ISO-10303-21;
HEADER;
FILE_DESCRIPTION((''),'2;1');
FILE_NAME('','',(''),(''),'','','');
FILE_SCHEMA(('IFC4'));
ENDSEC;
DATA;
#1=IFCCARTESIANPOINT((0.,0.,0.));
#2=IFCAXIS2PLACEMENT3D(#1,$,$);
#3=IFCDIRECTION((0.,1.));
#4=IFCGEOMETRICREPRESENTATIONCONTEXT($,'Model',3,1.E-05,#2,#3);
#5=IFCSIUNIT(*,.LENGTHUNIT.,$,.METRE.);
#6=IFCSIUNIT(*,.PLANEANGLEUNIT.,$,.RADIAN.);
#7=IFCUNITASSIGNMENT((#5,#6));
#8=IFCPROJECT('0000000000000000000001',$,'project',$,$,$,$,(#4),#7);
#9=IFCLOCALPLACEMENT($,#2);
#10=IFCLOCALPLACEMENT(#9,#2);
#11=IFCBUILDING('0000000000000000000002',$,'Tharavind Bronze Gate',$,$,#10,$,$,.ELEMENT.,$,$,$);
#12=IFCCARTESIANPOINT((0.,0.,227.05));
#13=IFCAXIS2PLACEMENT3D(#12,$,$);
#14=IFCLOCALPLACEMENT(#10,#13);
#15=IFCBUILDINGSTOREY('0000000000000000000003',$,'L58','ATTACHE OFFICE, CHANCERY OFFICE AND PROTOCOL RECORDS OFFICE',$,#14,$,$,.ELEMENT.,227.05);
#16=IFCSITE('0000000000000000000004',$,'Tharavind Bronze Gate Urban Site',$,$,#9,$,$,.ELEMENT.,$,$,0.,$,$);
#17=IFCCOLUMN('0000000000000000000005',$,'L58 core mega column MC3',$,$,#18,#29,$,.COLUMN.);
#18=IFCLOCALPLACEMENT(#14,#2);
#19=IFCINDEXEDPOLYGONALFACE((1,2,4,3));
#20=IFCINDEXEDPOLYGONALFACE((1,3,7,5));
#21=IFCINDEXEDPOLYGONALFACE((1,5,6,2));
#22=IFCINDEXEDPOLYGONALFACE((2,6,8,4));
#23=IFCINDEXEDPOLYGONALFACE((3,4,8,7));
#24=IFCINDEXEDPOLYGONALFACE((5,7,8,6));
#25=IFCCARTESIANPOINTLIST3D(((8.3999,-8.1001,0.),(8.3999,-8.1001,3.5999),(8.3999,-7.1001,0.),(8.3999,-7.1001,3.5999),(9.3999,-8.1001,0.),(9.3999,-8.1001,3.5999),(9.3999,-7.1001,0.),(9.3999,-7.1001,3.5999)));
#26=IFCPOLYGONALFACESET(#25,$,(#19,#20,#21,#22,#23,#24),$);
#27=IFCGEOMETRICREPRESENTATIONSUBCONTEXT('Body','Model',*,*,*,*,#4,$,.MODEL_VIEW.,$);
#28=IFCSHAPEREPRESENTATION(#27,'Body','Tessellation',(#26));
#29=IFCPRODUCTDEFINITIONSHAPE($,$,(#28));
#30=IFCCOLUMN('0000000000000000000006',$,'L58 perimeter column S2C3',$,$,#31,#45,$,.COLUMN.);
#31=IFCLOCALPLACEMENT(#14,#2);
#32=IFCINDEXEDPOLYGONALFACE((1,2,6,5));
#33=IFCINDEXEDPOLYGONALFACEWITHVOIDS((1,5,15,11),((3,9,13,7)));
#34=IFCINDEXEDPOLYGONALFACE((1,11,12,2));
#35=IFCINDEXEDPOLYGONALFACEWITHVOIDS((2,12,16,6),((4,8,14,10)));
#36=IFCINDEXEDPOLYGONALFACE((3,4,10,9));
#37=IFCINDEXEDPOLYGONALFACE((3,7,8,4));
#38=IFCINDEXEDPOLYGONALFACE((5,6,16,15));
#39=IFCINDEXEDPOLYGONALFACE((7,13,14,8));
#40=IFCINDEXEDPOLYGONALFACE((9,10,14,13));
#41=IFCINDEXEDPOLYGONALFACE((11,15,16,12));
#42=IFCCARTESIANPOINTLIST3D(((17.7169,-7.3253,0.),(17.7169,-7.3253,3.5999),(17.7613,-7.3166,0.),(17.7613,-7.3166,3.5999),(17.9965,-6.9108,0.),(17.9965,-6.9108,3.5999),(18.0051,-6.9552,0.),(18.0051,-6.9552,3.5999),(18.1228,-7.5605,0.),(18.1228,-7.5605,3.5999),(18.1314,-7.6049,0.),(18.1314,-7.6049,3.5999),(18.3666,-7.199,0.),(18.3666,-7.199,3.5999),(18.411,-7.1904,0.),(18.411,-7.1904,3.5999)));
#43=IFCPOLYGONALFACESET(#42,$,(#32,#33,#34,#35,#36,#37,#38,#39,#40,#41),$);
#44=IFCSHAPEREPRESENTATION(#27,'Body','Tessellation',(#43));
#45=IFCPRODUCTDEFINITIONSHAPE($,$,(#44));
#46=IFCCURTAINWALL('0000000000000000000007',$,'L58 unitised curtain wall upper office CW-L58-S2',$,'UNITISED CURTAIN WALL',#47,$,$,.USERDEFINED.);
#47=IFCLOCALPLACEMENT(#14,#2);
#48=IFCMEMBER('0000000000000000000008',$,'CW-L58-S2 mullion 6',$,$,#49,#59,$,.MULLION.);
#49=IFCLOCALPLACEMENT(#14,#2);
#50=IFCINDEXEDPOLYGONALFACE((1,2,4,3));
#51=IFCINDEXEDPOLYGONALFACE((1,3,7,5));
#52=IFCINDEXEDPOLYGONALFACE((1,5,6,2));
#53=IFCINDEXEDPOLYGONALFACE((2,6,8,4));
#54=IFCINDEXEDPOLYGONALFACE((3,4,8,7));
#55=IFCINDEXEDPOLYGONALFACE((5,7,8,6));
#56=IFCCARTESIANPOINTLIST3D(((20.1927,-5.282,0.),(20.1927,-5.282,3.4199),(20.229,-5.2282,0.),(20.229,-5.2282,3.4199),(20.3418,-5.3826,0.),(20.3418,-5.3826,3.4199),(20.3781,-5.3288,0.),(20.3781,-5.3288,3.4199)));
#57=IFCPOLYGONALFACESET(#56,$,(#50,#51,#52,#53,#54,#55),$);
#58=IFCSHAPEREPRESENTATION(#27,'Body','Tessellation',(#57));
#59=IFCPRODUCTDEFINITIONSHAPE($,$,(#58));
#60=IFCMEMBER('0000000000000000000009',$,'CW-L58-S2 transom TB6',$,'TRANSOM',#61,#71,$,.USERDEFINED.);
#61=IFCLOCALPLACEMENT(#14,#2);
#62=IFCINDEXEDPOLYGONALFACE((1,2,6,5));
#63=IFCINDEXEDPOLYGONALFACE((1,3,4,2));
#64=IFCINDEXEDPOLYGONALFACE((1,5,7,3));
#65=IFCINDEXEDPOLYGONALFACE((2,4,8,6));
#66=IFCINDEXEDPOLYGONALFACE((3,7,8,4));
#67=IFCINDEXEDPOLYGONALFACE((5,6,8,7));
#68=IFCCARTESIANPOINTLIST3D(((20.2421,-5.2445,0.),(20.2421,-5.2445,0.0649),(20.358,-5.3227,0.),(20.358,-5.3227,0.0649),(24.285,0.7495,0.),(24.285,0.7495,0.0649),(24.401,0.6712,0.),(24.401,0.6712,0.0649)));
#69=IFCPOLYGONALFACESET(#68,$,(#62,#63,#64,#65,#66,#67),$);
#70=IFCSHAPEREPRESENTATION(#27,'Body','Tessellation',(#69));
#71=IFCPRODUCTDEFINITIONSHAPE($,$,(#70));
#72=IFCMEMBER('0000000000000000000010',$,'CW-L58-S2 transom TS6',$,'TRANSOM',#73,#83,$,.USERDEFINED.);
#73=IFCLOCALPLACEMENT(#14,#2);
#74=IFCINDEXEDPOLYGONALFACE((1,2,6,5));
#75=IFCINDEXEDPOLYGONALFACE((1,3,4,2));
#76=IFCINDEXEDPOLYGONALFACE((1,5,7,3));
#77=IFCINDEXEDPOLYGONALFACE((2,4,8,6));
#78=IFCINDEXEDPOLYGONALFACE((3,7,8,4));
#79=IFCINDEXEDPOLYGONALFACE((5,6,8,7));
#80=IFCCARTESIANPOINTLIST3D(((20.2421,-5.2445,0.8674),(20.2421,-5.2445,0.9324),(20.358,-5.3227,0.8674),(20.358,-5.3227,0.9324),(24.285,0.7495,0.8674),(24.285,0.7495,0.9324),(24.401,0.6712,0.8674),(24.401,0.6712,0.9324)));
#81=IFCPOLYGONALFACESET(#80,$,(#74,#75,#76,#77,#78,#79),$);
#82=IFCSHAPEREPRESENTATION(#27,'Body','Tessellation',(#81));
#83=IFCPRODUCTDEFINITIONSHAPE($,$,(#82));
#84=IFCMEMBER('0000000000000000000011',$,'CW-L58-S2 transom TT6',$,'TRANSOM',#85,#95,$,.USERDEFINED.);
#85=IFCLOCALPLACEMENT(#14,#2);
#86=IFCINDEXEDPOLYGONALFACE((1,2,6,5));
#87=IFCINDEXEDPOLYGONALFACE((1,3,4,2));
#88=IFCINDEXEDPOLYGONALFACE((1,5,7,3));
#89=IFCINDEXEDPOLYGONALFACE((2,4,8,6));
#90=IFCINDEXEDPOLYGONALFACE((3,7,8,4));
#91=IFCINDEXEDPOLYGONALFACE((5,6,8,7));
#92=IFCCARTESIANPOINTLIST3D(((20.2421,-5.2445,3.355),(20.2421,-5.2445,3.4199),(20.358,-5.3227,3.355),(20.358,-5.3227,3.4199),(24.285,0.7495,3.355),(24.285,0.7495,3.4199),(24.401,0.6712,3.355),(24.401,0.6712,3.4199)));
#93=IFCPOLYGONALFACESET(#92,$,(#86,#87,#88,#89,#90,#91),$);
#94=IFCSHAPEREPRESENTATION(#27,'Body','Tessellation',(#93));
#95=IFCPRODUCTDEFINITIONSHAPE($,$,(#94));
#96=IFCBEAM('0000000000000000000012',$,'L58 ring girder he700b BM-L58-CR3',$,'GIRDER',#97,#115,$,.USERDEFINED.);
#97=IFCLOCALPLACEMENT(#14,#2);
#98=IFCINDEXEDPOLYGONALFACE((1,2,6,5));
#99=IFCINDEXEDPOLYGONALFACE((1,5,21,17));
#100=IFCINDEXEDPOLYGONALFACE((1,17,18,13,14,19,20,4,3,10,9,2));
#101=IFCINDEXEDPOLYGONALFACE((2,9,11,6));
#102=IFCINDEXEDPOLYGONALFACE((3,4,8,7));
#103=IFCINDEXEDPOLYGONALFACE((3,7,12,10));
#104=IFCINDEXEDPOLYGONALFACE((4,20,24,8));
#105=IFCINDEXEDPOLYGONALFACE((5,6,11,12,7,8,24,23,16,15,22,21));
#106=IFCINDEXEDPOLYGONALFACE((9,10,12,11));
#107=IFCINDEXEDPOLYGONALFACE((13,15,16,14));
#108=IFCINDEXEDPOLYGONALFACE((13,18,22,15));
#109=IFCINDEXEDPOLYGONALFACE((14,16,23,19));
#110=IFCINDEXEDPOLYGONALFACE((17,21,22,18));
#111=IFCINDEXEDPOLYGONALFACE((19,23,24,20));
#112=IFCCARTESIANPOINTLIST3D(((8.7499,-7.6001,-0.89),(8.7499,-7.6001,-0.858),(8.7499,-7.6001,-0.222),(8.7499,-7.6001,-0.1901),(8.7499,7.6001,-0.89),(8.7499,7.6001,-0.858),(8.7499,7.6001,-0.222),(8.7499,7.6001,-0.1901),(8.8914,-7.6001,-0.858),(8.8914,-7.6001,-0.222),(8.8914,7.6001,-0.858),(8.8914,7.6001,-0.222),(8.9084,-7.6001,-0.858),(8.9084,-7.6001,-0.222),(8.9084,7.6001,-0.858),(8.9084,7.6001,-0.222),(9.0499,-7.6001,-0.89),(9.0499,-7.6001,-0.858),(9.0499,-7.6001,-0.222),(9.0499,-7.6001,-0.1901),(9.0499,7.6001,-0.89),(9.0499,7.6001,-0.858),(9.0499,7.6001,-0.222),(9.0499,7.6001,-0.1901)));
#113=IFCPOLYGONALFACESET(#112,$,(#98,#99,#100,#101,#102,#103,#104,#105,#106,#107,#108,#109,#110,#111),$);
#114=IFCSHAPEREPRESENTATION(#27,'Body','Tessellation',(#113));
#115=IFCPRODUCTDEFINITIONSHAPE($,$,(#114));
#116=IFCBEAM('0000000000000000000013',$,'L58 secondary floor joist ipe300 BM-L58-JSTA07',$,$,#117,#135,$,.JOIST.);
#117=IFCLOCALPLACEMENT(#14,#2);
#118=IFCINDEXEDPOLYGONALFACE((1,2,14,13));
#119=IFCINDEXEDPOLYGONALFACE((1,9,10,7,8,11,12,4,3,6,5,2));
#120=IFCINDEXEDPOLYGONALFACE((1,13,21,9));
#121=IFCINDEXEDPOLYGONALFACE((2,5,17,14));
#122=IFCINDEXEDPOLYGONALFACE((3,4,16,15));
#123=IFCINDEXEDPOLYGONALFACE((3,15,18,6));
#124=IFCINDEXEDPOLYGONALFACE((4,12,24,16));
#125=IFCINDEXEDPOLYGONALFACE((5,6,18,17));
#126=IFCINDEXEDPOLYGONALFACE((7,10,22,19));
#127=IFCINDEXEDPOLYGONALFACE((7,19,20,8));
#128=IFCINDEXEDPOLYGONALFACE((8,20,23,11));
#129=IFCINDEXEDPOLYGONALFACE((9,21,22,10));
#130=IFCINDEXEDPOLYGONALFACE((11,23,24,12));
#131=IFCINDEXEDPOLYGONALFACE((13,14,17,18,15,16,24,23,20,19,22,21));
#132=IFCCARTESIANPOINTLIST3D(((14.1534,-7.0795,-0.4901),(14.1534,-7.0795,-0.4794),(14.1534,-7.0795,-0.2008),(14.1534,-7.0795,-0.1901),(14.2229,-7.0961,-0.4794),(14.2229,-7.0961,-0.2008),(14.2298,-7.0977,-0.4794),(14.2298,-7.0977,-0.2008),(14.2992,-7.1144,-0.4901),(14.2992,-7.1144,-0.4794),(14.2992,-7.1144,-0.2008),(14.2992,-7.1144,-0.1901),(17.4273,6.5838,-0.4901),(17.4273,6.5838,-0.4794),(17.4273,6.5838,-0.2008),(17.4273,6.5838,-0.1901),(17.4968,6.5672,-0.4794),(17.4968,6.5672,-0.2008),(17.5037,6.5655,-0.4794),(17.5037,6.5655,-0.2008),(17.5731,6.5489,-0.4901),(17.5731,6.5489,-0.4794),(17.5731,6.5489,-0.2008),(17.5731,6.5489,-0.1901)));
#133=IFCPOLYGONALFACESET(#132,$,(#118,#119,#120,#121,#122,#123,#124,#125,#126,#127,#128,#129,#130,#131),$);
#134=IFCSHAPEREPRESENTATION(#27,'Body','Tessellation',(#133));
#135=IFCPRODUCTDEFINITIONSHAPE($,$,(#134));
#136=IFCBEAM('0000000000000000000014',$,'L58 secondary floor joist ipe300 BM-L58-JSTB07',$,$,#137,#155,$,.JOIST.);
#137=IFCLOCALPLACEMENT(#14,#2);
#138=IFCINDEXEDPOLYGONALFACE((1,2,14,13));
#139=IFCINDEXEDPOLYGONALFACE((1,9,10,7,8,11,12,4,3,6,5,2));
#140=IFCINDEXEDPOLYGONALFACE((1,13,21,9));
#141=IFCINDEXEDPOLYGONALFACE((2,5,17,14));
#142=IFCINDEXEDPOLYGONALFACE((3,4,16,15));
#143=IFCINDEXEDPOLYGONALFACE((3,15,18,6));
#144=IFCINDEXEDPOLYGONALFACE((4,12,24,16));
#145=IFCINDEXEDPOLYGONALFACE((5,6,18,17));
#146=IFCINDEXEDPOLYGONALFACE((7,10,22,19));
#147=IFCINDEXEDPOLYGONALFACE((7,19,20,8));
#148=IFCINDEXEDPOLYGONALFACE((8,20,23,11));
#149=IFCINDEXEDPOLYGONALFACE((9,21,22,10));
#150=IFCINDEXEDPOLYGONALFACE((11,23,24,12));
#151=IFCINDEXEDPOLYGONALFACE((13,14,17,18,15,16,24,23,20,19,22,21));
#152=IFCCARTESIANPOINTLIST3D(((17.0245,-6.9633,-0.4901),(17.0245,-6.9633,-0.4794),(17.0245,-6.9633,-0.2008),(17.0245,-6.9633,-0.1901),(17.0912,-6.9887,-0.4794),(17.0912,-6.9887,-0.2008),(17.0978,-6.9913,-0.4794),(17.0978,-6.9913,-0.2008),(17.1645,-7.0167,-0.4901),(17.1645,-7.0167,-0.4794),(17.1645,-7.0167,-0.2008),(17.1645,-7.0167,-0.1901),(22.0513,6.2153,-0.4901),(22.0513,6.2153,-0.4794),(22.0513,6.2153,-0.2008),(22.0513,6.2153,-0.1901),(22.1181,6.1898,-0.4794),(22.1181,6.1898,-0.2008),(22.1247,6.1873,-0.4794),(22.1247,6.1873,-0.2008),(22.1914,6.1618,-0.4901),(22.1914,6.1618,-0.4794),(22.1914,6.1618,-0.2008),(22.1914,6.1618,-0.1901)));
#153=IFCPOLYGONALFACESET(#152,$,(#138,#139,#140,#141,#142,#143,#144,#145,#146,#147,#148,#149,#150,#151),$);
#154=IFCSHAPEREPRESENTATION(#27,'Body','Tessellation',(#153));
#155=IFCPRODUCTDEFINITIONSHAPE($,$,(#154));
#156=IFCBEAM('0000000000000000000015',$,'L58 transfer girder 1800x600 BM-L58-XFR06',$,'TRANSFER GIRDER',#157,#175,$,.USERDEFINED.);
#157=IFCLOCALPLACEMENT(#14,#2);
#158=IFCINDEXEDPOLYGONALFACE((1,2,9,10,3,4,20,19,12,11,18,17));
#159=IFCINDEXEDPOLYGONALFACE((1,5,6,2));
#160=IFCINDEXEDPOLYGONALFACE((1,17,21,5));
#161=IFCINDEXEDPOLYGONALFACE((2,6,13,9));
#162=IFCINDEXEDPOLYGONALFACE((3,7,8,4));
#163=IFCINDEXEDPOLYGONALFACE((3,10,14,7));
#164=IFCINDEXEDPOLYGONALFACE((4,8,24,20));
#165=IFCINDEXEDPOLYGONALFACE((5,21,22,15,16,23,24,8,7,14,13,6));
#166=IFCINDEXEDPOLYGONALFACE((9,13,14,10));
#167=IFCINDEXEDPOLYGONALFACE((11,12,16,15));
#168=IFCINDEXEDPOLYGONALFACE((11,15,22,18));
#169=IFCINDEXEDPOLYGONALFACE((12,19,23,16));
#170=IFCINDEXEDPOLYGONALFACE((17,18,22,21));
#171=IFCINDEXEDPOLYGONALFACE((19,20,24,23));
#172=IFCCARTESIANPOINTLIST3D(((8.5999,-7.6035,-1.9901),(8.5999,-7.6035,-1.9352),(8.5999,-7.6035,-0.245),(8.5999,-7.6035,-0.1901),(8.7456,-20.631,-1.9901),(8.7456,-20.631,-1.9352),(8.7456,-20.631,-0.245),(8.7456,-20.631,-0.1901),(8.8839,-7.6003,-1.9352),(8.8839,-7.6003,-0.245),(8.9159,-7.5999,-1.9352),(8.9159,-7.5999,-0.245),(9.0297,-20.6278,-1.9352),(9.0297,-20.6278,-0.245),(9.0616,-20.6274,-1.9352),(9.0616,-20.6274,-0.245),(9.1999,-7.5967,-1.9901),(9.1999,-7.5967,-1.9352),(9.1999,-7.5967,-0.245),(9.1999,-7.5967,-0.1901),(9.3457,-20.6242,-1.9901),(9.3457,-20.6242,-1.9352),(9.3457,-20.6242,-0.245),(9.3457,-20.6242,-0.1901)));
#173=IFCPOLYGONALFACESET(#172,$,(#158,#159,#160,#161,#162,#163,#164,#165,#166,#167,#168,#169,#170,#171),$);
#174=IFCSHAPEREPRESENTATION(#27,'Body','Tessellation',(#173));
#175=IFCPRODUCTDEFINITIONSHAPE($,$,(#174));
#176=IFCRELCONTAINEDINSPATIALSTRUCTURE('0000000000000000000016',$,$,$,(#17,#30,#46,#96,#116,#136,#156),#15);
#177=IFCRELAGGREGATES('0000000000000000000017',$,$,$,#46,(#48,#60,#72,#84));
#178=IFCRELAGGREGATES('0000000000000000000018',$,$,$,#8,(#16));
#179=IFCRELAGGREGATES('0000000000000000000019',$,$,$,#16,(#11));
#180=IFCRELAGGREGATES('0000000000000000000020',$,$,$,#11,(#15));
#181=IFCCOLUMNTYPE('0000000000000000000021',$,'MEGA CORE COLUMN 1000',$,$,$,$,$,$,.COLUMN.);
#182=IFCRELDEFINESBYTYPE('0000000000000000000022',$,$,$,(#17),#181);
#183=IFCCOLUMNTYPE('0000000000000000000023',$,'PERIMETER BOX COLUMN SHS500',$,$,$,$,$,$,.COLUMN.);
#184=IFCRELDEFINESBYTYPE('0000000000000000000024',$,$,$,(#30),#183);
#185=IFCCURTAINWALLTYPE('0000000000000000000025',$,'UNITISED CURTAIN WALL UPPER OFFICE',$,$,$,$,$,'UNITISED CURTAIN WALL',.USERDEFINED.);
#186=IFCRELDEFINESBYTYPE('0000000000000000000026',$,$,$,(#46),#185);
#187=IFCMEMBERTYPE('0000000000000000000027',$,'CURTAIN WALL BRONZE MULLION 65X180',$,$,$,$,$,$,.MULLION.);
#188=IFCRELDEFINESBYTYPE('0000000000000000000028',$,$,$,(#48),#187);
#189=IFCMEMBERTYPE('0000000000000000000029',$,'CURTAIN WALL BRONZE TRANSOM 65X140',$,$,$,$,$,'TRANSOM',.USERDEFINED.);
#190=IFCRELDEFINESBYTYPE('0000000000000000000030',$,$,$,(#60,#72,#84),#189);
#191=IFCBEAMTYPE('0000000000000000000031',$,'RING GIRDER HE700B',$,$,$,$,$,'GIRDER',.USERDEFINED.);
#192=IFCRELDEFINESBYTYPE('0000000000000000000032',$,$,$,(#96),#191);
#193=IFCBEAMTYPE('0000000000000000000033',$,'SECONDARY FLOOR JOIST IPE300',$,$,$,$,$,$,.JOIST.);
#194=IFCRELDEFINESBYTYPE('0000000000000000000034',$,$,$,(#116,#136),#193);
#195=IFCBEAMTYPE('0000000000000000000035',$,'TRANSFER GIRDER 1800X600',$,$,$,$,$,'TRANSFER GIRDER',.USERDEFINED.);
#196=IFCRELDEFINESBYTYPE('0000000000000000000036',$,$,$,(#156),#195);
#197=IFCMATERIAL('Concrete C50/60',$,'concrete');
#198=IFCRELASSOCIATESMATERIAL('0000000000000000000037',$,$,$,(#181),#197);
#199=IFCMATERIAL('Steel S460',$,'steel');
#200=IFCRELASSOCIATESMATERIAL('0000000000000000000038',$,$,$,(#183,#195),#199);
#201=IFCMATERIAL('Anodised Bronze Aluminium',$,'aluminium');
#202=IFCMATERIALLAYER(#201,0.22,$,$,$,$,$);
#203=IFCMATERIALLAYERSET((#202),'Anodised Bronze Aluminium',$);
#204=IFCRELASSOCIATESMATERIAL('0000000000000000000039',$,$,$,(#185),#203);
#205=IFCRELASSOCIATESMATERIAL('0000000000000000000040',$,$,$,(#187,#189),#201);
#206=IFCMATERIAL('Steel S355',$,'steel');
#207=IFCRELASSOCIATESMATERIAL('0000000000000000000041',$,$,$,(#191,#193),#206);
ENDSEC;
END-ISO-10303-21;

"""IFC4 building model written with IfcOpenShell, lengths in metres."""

from ifc_helpers import new_model, si_unit, direction, frame, origin, origin_2d, place, context, subcontext, project, spatial, rectangle, hollow_rectangle, i_section, extrude, material, layer, layer_set, material_profile, profile_set, type_object, element, aggregate, save


model = new_model("IFC4")

# Units and contexts
model_context = context("Model", 3, precision=1e-05, world=origin(), true_north=direction((0.0, 1.0)))
body_context = subcontext(model_context, "Body", "Model", "MODEL_VIEW")
ifc_project = project(units=[si_unit("LENGTHUNIT", "METRE"), si_unit("PLANEANGLEUNIT", "RADIAN")], contexts=[model_context])

# Site, building, storey
site_placement = place(None, origin())
site = spatial("IfcSite", under=ifc_project, at=site_placement, Name="Tharavind Bronze Gate Urban Site", CompositionType="ELEMENT", RefElevation=0.0)
building_placement = place(site_placement, origin())
building = spatial("IfcBuilding", under=site, at=building_placement, Name="Tharavind Bronze Gate", CompositionType="ELEMENT")
storey_placement = place(building_placement, frame((0.0, 0.0, 227.05)))
storey = spatial("IfcBuildingStorey", under=building, at=storey_placement, Name="L58", Description="ATTACHE OFFICE, CHANCERY OFFICE AND PROTOCOL RECORDS OFFICE", CompositionType="ELEMENT", Elevation=227.05)

# Columns
ifc_material_1 = material(Name="Concrete C50/60", Category="concrete")
ifc_material_profile_1 = material_profile(ifc_material_1, rectangle(XDim=1.0, YDim=1.0, at=origin_2d()), Name="RCCOL1000")
ifc_profile_set_1 = profile_set([ifc_material_profile_1], Name="Concrete C50/60")
column_type_1 = type_object("IfcColumnType", Name="MEGA CORE COLUMN 1000", PredefinedType="COLUMN", material=ifc_profile_set_1)
column_1_placement = place(storey_placement, frame((8.8999, -7.6001, 0.0), z_axis=(0.0, 0.0, 1.0), x_axis=(1.0, 0.0, 0.0)))
element("IfcColumn", 1, at=column_1_placement, inside=storey, type_object=column_type_1, Name="L58 core mega column MC3", PredefinedType="COLUMN", context=body_context, shape_type="SweptSolid", body=[
    extrude(rectangle(XDim=1.0, YDim=1.0, at=origin_2d()), origin(), (0.0, 0.0, 1.0), 3.5999),
])
ifc_material_2 = material(Name="Steel S460", Category="steel")
ifc_material_profile_2 = material_profile(ifc_material_2, hollow_rectangle(XDim=0.5, YDim=0.5, WallThickness=0.032, at=origin_2d()), Name="SHS500X32")
ifc_profile_set_2 = profile_set([ifc_material_profile_2], Name="Steel S460")
column_type_2 = type_object("IfcColumnType", Name="PERIMETER BOX COLUMN SHS500", PredefinedType="COLUMN", material=ifc_profile_set_2)
column_2_placement = place(storey_placement, frame((18.064, -7.2578, 0.0), z_axis=(0.0, 0.0, 1.0), x_axis=(0.559194, 0.829037, 0.0)))
element("IfcColumn", 2, at=column_2_placement, inside=storey, type_object=column_type_2, Name="L58 perimeter column S2C3", PredefinedType="COLUMN", context=body_context, shape_type="SweptSolid", body=[
    extrude(hollow_rectangle(XDim=0.5, YDim=0.5, WallThickness=0.032, at=origin_2d()), origin(), (0.0, 0.0, 1.0), 3.5999),
])

# Curtain wall, members
ifc_material_3 = material(Name="Anodised Bronze Aluminium", Category="aluminium")
ifc_layer_1 = layer(ifc_material_3, 0.22)
ifc_layer_set_1 = layer_set([ifc_layer_1], Name="Anodised Bronze Aluminium")
curtain_wall_type = type_object("IfcCurtainWallType", Name="UNITISED CURTAIN WALL UPPER OFFICE", ElementType="UNITISED CURTAIN WALL", PredefinedType="USERDEFINED", material=ifc_layer_set_1)
curtain_wall_placement = place(storey_placement, origin())
curtain_wall = element("IfcCurtainWall", 3, at=curtain_wall_placement, inside=storey, type_object=curtain_wall_type, Name="L58 unitised curtain wall upper office CW-L58-S2", ObjectType="UNITISED CURTAIN WALL", PredefinedType="USERDEFINED")
member_type_1 = type_object("IfcMemberType", Name="CURTAIN WALL BRONZE MULLION 65X180", PredefinedType="MULLION", material=ifc_material_3)
member_1_placement = place(storey_placement, frame((20.2854, -5.3054, 0.0), z_axis=(0.0, 0.0, 1.0), x_axis=(0.559193, 0.829038, 0.0)))
member_1 = element("IfcMember", 4, at=member_1_placement, type_object=member_type_1, Name="CW-L58-S2 mullion 6", PredefinedType="MULLION", context=body_context, shape_type="SweptSolid", body=[
    extrude(rectangle(XDim=0.0649, YDim=0.1799, at=origin_2d()), origin(), (0.0, 0.0, 1.0), 3.4199),
])
member_type_2 = type_object("IfcMemberType", Name="CURTAIN WALL BRONZE TRANSOM 65X140", ElementType="TRANSOM", PredefinedType="USERDEFINED", material=ifc_material_3)
member_2_placement = place(storey_placement, frame((22.3215, -2.2866, 0.0), z_axis=(0.0, 0.0, 1.0), x_axis=(0.559193, 0.829038, 0.0)))
member_2 = element("IfcMember", 5, at=member_2_placement, type_object=member_type_2, Name="CW-L58-S2 transom TB6", ObjectType="TRANSOM", PredefinedType="USERDEFINED", context=body_context, shape_type="SweptSolid", body=[
    extrude(rectangle(XDim=7.23, YDim=0.1399, at=origin_2d()), origin(), (0.0, 0.0, 1.0), 0.0649),
])
member_3_placement = place(storey_placement, frame((22.3215, -2.2866, 0.8674), z_axis=(0.0, 0.0, 1.0), x_axis=(0.559193, 0.829038, 0.0)))
member_3 = element("IfcMember", 6, at=member_3_placement, type_object=member_type_2, Name="CW-L58-S2 transom TS6", ObjectType="TRANSOM", PredefinedType="USERDEFINED", context=body_context, shape_type="SweptSolid", body=[
    extrude(rectangle(XDim=7.23, YDim=0.1399, at=origin_2d()), origin(), (0.0, 0.0, 1.0), 0.0649),
])
member_4_placement = place(storey_placement, frame((22.3215, -2.2866, 3.355), z_axis=(0.0, 0.0, 1.0), x_axis=(0.559193, 0.829038, 0.0)))
member_4 = element("IfcMember", 7, at=member_4_placement, type_object=member_type_2, Name="CW-L58-S2 transom TT6", ObjectType="TRANSOM", PredefinedType="USERDEFINED", context=body_context, shape_type="SweptSolid", body=[
    extrude(rectangle(XDim=7.23, YDim=0.1399, at=origin_2d()), origin(), (0.0, 0.0, 1.0), 0.0649),
])

# Beams
ifc_material_4 = material(Name="Steel S355", Category="steel")
ifc_material_profile_3 = material_profile(ifc_material_4, i_section(OverallWidth=0.3, OverallDepth=0.7, WebThickness=0.0171, FlangeThickness=0.032, at=origin_2d()), Name="HE700B")
ifc_profile_set_3 = profile_set([ifc_material_profile_3], Name="Steel S355")
beam_type_1 = type_object("IfcBeamType", Name="RING GIRDER HE700B", ElementType="GIRDER", PredefinedType="USERDEFINED", material=ifc_profile_set_3)
beam_1_placement = place(storey_placement, frame((8.8999, -7.6001, -0.54), z_axis=(0.0, 1.0, 0.0), x_axis=(-1.0, 0.0, 0.0)))
element("IfcBeam", 8, at=beam_1_placement, inside=storey, type_object=beam_type_1, Name="L58 ring girder he700b BM-L58-CR3", ObjectType="GIRDER", PredefinedType="USERDEFINED", context=body_context, shape_type="SweptSolid", body=[
    extrude(i_section(OverallWidth=0.3, OverallDepth=0.7, WebThickness=0.0171, FlangeThickness=0.032, at=origin_2d()), origin(), (0.0, 0.0, 1.0), 15.2002),
])
ifc_material_profile_4 = material_profile(ifc_material_4, i_section(OverallWidth=0.1499, OverallDepth=0.3, WebThickness=0.0071, FlangeThickness=0.0107, at=origin_2d()), Name="IPE300")
ifc_profile_set_4 = profile_set([ifc_material_profile_4], Name="Steel S355")
beam_type_2 = type_object("IfcBeamType", Name="SECONDARY FLOOR JOIST IPE300", PredefinedType="JOIST", material=ifc_profile_set_4)
beam_2_placement = place(storey_placement, frame((14.2263, -7.0969, -0.3401), z_axis=(0.233018, 0.972472, 0.0), x_axis=(-0.972472, 0.233018, 0.0)))
element("IfcBeam", 9, at=beam_2_placement, inside=storey, type_object=beam_type_2, Name="L58 secondary floor joist ipe300 BM-L58-JSTA07", PredefinedType="JOIST", context=body_context, shape_type="SweptSolid", body=[
    extrude(i_section(OverallWidth=0.1499, OverallDepth=0.3, WebThickness=0.0071, FlangeThickness=0.0107, at=origin_2d()), origin(), (0.0, 0.0, 1.0), 14.05),
])
beam_3_placement = place(storey_placement, frame((17.0945, -6.99, -0.3401), z_axis=(0.356397, 0.934335, 0.0), x_axis=(-0.934335, 0.356397, 0.0)))
element("IfcBeam", 10, at=beam_3_placement, inside=storey, type_object=beam_type_2, Name="L58 secondary floor joist ipe300 BM-L58-JSTB07", PredefinedType="JOIST", context=body_context, shape_type="SweptSolid", body=[
    extrude(i_section(OverallWidth=0.1499, OverallDepth=0.3, WebThickness=0.0071, FlangeThickness=0.0107, at=origin_2d()), origin(), (0.0, 0.0, 1.0), 14.1047),
])
ifc_material_profile_5 = material_profile(ifc_material_2, i_section(OverallWidth=0.6001, OverallDepth=1.8, WebThickness=0.032, FlangeThickness=0.0549, at=origin_2d()), Name="PG1800X600")
ifc_profile_set_5 = profile_set([ifc_material_profile_5], Name="Steel S460")
beam_type_3 = type_object("IfcBeamType", Name="TRANSFER GIRDER 1800X600", ElementType="TRANSFER GIRDER", PredefinedType="USERDEFINED", material=ifc_profile_set_5)
beam_4_placement = place(storey_placement, frame((8.8999, -7.6001, -1.0901), z_axis=(0.011187, -0.999937, 0.0), x_axis=(0.999937, 0.011187, 0.0)))
element("IfcBeam", 11, at=beam_4_placement, inside=storey, type_object=beam_type_3, Name="L58 transfer girder 1800x600 BM-L58-XFR06", ObjectType="TRANSFER GIRDER", PredefinedType="USERDEFINED", context=body_context, shape_type="SweptSolid", body=[
    extrude(i_section(OverallWidth=0.6001, OverallDepth=1.8, WebThickness=0.032, FlangeThickness=0.0549, at=origin_2d()), origin(), (0.0, 0.0, 1.0), 13.0283),
])

aggregate(curtain_wall, [member_1, member_2, member_3, member_4])

save(model, "model.ifc")
